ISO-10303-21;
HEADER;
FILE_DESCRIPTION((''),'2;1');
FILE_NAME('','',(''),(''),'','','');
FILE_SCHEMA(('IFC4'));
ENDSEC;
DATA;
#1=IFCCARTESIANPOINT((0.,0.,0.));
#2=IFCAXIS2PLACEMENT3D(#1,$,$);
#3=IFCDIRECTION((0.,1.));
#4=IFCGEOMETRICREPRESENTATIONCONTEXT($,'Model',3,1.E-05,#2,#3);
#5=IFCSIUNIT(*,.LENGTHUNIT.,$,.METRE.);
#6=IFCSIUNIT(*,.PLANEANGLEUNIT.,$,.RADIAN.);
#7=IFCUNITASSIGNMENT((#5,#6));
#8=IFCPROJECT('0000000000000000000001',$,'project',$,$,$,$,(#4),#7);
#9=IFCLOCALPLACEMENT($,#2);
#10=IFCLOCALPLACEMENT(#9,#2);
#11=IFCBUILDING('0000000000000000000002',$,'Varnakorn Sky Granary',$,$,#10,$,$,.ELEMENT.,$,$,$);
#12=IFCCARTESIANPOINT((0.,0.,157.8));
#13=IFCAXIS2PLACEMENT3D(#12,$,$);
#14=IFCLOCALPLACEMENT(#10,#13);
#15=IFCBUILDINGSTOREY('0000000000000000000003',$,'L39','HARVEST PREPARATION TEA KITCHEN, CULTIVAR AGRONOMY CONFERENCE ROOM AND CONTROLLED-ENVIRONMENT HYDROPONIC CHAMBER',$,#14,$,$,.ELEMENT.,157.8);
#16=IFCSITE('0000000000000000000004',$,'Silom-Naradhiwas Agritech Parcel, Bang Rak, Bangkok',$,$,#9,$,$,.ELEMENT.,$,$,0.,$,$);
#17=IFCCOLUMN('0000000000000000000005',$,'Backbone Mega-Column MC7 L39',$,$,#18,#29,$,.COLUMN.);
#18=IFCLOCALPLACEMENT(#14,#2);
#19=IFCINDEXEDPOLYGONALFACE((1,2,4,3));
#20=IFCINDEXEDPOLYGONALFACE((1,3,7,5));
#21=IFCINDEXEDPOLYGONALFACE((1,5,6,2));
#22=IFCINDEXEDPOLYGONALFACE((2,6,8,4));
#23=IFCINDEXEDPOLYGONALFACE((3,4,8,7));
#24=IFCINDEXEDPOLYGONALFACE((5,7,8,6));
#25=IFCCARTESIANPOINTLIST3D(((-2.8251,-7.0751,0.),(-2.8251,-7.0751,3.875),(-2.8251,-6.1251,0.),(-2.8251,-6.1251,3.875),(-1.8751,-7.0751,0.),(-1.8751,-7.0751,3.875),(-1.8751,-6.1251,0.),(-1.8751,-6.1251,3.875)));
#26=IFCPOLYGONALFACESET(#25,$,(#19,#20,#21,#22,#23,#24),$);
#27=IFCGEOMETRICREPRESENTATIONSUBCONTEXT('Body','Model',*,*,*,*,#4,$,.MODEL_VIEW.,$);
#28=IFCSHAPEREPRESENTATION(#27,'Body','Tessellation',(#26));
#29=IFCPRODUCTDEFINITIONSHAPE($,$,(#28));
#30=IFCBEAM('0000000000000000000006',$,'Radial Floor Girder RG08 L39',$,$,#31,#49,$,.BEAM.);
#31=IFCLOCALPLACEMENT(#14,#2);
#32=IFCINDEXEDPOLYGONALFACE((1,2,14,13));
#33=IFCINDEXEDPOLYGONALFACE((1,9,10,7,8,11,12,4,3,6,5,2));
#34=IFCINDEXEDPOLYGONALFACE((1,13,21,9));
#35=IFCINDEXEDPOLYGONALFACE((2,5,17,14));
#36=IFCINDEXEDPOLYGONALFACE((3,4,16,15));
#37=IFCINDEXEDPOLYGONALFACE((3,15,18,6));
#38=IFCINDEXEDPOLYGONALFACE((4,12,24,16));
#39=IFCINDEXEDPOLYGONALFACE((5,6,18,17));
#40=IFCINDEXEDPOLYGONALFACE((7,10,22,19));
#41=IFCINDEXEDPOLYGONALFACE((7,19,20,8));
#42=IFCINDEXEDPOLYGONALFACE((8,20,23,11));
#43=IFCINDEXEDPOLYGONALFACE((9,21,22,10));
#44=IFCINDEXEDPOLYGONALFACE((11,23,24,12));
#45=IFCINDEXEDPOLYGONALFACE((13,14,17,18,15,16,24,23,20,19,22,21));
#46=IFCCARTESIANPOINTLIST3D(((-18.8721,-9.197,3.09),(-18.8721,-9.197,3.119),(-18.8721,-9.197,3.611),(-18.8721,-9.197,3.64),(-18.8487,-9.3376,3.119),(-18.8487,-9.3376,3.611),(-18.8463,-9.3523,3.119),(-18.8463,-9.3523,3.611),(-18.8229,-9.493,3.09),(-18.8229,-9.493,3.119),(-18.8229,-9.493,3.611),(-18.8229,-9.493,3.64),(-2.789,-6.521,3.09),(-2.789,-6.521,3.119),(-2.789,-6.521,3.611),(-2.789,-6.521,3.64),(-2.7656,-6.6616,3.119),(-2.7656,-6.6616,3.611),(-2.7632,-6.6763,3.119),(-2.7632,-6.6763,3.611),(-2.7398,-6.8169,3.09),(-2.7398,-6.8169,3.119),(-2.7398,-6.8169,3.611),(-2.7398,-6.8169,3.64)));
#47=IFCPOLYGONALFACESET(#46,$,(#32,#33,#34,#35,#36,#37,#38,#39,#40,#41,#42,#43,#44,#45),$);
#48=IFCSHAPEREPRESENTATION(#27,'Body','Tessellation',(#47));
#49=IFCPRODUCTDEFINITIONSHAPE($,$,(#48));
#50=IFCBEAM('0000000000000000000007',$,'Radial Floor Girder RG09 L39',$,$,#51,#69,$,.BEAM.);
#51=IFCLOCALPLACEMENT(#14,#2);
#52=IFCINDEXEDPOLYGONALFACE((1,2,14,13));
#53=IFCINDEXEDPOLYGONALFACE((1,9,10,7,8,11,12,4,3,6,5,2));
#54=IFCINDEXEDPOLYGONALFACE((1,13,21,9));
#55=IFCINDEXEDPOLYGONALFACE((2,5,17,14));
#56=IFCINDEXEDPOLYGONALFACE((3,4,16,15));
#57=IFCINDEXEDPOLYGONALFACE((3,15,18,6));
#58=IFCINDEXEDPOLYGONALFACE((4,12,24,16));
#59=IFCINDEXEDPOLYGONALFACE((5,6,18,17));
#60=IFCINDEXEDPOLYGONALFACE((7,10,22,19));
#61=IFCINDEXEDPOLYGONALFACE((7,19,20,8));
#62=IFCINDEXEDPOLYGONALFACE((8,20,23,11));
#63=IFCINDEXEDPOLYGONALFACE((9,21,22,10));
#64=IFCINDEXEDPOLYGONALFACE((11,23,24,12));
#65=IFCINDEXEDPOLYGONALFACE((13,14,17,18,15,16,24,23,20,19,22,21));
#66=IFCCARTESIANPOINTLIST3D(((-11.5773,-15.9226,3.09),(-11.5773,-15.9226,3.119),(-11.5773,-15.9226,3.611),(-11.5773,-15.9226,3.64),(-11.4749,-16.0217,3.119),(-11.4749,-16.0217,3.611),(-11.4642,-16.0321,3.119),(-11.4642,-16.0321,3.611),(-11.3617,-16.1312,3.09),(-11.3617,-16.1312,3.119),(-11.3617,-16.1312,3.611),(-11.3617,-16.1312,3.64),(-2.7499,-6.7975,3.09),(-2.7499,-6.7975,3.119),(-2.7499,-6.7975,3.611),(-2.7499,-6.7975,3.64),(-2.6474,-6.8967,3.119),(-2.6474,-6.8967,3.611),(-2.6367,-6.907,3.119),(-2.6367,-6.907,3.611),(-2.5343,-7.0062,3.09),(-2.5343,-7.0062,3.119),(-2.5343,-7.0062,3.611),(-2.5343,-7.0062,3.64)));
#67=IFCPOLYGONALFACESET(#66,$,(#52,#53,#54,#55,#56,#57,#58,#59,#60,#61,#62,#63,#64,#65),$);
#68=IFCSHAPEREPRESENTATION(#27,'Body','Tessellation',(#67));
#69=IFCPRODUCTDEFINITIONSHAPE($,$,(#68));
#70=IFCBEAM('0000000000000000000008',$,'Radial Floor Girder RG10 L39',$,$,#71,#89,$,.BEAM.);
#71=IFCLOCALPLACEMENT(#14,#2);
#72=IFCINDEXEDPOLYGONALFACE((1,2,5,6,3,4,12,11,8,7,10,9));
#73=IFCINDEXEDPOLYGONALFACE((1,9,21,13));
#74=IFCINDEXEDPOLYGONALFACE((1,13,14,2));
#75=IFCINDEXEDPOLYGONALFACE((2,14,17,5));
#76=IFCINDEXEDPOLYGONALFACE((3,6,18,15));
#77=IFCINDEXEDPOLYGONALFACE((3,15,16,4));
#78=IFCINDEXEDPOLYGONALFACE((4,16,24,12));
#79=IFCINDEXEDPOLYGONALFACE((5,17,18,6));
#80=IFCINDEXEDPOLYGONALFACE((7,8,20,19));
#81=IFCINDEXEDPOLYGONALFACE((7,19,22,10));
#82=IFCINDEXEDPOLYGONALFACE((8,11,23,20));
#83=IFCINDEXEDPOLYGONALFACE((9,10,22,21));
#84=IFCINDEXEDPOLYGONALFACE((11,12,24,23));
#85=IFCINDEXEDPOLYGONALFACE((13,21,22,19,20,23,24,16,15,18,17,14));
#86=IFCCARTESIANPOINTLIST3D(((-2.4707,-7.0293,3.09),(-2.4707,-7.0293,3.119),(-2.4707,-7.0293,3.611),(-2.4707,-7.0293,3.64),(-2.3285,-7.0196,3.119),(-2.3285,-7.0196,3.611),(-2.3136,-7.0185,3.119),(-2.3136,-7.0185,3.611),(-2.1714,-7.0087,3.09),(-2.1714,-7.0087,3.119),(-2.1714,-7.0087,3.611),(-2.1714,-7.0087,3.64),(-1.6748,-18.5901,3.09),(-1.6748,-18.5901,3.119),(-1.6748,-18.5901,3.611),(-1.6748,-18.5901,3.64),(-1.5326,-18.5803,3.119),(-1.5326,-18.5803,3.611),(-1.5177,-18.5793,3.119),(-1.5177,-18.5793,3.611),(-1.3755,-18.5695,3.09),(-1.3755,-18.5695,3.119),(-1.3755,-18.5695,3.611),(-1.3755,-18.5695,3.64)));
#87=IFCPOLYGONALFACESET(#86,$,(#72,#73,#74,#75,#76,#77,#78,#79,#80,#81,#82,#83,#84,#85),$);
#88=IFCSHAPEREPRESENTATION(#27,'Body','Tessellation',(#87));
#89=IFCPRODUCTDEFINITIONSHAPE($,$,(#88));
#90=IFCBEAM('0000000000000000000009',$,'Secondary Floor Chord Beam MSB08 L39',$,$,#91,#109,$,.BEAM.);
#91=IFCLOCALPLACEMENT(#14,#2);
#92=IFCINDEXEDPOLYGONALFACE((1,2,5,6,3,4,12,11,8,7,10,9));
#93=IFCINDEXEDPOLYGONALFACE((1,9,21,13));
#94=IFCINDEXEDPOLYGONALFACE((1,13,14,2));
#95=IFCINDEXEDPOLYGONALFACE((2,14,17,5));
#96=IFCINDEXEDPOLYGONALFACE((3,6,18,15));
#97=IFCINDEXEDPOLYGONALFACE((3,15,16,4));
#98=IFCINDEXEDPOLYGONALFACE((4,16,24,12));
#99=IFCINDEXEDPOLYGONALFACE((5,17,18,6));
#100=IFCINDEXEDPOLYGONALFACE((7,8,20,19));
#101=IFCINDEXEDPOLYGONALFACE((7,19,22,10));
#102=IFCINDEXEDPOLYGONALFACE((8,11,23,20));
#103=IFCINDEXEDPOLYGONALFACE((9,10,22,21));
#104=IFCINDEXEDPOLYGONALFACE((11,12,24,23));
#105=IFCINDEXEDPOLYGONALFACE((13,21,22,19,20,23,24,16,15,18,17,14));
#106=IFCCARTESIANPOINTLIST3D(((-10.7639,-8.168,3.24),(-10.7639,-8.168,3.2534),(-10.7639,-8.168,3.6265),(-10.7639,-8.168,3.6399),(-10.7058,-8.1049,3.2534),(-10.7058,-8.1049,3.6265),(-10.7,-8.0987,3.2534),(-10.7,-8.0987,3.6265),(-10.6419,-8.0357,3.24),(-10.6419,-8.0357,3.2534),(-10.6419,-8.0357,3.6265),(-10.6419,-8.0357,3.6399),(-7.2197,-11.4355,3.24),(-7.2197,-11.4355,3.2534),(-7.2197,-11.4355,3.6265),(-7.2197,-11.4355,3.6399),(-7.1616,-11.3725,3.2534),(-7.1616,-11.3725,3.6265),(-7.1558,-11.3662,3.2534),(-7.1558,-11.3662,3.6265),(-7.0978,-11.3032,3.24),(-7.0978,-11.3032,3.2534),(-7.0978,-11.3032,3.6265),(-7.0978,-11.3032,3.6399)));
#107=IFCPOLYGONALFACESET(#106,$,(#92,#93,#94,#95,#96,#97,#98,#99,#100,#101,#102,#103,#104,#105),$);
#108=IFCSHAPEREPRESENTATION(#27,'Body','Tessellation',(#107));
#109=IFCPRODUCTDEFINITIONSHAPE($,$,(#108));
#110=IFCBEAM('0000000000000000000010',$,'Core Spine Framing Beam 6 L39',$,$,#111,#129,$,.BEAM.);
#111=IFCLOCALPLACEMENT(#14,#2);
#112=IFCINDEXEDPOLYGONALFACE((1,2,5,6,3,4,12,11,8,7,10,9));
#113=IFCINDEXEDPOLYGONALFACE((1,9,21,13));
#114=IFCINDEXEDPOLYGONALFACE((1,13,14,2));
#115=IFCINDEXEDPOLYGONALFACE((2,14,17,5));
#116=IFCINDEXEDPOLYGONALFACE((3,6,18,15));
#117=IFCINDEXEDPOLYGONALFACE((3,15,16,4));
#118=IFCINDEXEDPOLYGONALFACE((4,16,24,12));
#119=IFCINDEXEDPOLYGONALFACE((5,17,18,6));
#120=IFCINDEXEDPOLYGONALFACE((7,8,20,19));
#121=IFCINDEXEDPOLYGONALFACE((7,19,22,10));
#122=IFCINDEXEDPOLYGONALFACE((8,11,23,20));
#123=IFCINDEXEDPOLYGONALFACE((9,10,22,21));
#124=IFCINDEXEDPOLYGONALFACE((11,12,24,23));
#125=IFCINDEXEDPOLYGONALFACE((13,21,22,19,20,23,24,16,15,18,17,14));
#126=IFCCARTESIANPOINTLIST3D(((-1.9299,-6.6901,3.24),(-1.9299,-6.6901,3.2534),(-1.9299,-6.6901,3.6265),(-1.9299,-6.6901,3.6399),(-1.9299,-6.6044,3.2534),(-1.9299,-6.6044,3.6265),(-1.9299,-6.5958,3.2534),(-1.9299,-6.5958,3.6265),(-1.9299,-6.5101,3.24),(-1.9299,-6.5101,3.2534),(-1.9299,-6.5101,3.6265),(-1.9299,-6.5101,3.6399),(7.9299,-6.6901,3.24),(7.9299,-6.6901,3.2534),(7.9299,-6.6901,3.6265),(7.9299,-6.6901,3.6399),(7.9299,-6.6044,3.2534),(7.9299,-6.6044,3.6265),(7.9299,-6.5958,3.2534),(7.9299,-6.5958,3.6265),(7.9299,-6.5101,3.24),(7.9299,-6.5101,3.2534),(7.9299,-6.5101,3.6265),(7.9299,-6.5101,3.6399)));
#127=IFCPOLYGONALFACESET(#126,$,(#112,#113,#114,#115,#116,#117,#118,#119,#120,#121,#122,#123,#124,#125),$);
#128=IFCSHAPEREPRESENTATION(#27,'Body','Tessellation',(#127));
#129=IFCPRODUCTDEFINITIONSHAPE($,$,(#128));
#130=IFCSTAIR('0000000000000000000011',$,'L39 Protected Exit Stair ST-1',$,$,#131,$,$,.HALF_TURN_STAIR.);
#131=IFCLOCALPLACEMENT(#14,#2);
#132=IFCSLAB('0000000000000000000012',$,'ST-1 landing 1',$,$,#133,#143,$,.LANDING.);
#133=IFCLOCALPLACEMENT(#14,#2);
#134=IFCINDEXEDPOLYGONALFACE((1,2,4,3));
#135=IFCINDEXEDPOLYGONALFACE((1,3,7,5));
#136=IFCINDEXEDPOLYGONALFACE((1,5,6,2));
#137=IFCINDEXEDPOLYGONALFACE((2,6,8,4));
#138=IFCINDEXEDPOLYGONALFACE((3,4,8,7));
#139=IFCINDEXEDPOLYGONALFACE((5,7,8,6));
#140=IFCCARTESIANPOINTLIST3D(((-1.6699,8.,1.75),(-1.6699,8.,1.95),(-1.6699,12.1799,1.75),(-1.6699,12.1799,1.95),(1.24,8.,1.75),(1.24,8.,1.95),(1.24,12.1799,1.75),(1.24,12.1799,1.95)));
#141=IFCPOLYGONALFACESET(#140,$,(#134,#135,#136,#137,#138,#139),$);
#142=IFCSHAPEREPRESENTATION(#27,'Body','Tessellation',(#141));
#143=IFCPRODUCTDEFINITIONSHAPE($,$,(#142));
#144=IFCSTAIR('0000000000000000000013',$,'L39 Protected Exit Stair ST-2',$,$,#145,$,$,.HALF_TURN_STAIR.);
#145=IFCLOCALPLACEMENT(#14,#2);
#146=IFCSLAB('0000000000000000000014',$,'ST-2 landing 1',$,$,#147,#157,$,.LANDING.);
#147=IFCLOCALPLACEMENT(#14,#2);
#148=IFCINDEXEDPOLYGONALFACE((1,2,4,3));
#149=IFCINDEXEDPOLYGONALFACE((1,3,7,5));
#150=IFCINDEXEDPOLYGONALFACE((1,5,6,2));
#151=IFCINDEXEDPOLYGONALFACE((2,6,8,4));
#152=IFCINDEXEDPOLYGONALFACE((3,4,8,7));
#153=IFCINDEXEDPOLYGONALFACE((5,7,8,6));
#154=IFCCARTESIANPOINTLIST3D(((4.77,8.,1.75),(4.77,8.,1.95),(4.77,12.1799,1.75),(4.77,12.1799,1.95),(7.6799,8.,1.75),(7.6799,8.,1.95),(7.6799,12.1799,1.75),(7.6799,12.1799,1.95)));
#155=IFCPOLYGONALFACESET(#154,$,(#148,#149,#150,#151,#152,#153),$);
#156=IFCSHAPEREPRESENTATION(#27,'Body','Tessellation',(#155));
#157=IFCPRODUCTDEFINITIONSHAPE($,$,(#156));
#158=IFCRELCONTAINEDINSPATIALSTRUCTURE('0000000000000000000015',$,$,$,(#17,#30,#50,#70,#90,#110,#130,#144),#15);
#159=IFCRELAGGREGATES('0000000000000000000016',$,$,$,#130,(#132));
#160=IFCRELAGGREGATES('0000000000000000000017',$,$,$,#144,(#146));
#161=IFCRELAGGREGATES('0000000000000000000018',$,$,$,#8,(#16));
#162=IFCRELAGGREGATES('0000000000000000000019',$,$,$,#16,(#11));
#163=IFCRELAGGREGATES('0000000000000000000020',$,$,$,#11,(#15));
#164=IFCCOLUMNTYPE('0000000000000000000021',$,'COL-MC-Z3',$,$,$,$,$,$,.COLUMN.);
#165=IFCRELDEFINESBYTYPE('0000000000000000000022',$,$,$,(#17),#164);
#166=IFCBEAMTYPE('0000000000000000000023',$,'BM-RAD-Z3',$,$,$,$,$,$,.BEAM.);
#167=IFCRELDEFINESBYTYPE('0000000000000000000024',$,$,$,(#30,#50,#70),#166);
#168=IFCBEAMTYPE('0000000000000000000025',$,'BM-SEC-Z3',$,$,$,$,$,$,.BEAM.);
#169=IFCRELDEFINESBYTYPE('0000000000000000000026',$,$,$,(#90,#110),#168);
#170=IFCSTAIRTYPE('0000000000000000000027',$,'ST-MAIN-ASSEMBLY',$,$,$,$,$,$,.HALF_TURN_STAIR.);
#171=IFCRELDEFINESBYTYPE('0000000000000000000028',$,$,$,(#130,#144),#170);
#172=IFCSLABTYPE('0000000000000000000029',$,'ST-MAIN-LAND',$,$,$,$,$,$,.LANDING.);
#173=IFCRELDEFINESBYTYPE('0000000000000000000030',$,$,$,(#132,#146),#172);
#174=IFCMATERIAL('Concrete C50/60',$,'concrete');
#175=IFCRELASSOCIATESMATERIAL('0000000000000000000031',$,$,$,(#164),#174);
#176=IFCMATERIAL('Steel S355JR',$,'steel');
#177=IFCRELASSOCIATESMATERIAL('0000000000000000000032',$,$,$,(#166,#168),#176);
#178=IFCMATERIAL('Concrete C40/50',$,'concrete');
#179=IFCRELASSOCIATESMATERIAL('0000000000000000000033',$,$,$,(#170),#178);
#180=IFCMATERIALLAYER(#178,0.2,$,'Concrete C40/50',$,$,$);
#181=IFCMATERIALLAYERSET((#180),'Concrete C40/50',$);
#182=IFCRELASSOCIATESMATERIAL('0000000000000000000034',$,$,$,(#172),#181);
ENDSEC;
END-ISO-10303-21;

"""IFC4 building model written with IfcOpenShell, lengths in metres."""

from ifc_helpers import new_model, si_unit, direction, frame, origin, origin_2d, place, context, subcontext, project, spatial, polyline, rectangle, i_section, outline, extrude, material, layer, layer_set, material_profile, profile_set, type_object, element, aggregate, save


model = new_model("IFC4")

# Units and contexts
model_context = context("Model", 3, precision=1e-05, world=origin(), true_north=direction((0.0, 1.0)))
body_context = subcontext(model_context, "Body", "Model", "MODEL_VIEW")
ifc_project = project(units=[si_unit("LENGTHUNIT", "METRE"), si_unit("PLANEANGLEUNIT", "RADIAN")], contexts=[model_context])

# Site, building, storey
site_placement = place(None, origin())
site = spatial("IfcSite", under=ifc_project, at=site_placement, Name="Silom-Naradhiwas Agritech Parcel, Bang Rak, Bangkok", CompositionType="ELEMENT", RefElevation=0.0)
building_placement = place(site_placement, origin())
building = spatial("IfcBuilding", under=site, at=building_placement, Name="Varnakorn Sky Granary", CompositionType="ELEMENT")
storey_placement = place(building_placement, frame((0.0, 0.0, 157.8)))
storey = spatial("IfcBuildingStorey", under=building, at=storey_placement, Name="L39", Description="HARVEST PREPARATION TEA KITCHEN, CULTIVAR AGRONOMY CONFERENCE ROOM AND CONTROLLED-ENVIRONMENT HYDROPONIC CHAMBER", CompositionType="ELEMENT", Elevation=157.8)

# Column
ifc_material_1 = material(Name="Concrete C50/60", Category="concrete")
ifc_material_profile_1 = material_profile(ifc_material_1, rectangle(XDim=0.95, YDim=0.95, at=origin_2d()), Name="RC 950x950")
ifc_profile_set_1 = profile_set([ifc_material_profile_1], Name="Concrete C50/60")
column_type = type_object("IfcColumnType", Name="COL-MC-Z3", PredefinedType="COLUMN", material=ifc_profile_set_1)
column_placement = place(storey_placement, frame((-2.3501, -6.6001, 0.0), z_axis=(0.0, 0.0, 1.0), x_axis=(1.0, 0.0, 0.0)))
element("IfcColumn", 1, at=column_placement, inside=storey, type_object=column_type, Name="Backbone Mega-Column MC7 L39", PredefinedType="COLUMN", context=body_context, shape_type="SweptSolid", body=[
    extrude(rectangle(XDim=0.95, YDim=0.95, at=origin_2d()), origin(), (0.0, 0.0, 1.0), 3.875),
])

# Beams
ifc_material_2 = material(Name="Steel S355JR", Category="steel")
ifc_material_profile_2 = material_profile(ifc_material_2, i_section(OverallWidth=0.3, OverallDepth=0.55, WebThickness=0.0149, FlangeThickness=0.0291, at=origin_2d()), Name="HE 550 B")
ifc_profile_set_2 = profile_set([ifc_material_profile_2], Name="Steel S355JR")
beam_type_1 = type_object("IfcBeamType", Name="BM-RAD-Z3", PredefinedType="BEAM", material=ifc_profile_set_2)
beam_1_placement = place(storey_placement, frame((-2.7644, -6.6689, 3.365), z_axis=(-0.986438, -0.164132, 0.0), x_axis=(0.164132, -0.986438, 0.0)))
element("IfcBeam", 2, at=beam_1_placement, inside=storey, type_object=beam_type_1, Name="Radial Floor Girder RG08 L39", PredefinedType="BEAM", context=body_context, shape_type="SweptSolid", body=[
    extrude(i_section(OverallWidth=0.3, OverallDepth=0.55, WebThickness=0.0149, FlangeThickness=0.0291, at=origin_2d()), origin(), (0.0, 0.0, 1.0), 16.3042),
])
beam_2_placement = place(storey_placement, frame((-2.6421, -6.9019, 3.365), z_axis=(-0.695289, -0.71873, 0.0), x_axis=(0.71873, -0.695289, 0.0)))
element("IfcBeam", 3, at=beam_2_placement, inside=storey, type_object=beam_type_1, Name="Radial Floor Girder RG09 L39", PredefinedType="BEAM", context=body_context, shape_type="SweptSolid", body=[
    extrude(i_section(OverallWidth=0.3, OverallDepth=0.55, WebThickness=0.0149, FlangeThickness=0.0291, at=origin_2d()), origin(), (0.0, 0.0, 1.0), 12.696),
])
beam_3_placement = place(storey_placement, frame((-2.321, -7.019, 3.365), z_axis=(0.068682, -0.997639, 0.0), x_axis=(0.997639, 0.068682, 0.0)))
element("IfcBeam", 4, at=beam_3_placement, inside=storey, type_object=beam_type_1, Name="Radial Floor Girder RG10 L39", PredefinedType="BEAM", context=body_context, shape_type="SweptSolid", body=[
    extrude(i_section(OverallWidth=0.3, OverallDepth=0.55, WebThickness=0.0149, FlangeThickness=0.0291, at=origin_2d()), origin(), (0.0, 0.0, 1.0), 11.5881),
])
ifc_material_profile_3 = material_profile(ifc_material_2, i_section(OverallWidth=0.1799, OverallDepth=0.3999, WebThickness=0.0085, FlangeThickness=0.0134, at=origin_2d()), Name="IPE 400")
ifc_profile_set_3 = profile_set([ifc_material_profile_3], Name="Steel S355JR")
beam_type_2 = type_object("IfcBeamType", Name="BM-SEC-Z3", PredefinedType="BEAM", material=ifc_profile_set_3)
beam_4_placement = place(storey_placement, frame((-10.7029, -8.1018, 3.4399), z_axis=(0.735215, -0.677834, 0.0), x_axis=(0.677834, 0.735215, 0.0)))
element("IfcBeam", 5, at=beam_4_placement, inside=storey, type_object=beam_type_2, Name="Secondary Floor Chord Beam MSB08 L39", PredefinedType="BEAM", context=body_context, shape_type="SweptSolid", body=[
    extrude(i_section(OverallWidth=0.1799, OverallDepth=0.3999, WebThickness=0.0085, FlangeThickness=0.0134, at=origin_2d()), origin(), (0.0, 0.0, 1.0), 4.8206),
])
beam_5_placement = place(storey_placement, frame((-1.9299, -6.6001, 3.4399), z_axis=(1.0, 0.0, 0.0), x_axis=(0.0, 1.0, 0.0)))
element("IfcBeam", 6, at=beam_5_placement, inside=storey, type_object=beam_type_2, Name="Core Spine Framing Beam 6 L39", PredefinedType="BEAM", context=body_context, shape_type="SweptSolid", body=[
    extrude(i_section(OverallWidth=0.1799, OverallDepth=0.3999, WebThickness=0.0085, FlangeThickness=0.0134, at=origin_2d()), origin(), (0.0, 0.0, 1.0), 9.8599),
])

# Stairs, slabs
ifc_material_3 = material(Name="Concrete C40/50", Category="concrete")
stair_type = type_object("IfcStairType", Name="ST-MAIN-ASSEMBLY", PredefinedType="HALF_TURN_STAIR", material=ifc_material_3)
stair_1_placement = place(storey_placement, origin())
stair_1 = element("IfcStair", 7, at=stair_1_placement, inside=storey, type_object=stair_type, Name="L39 Protected Exit Stair ST-1", PredefinedType="HALF_TURN_STAIR")
ifc_layer_1 = layer(ifc_material_3, 0.2, Name="Concrete C40/50")
ifc_layer_set_1 = layer_set([ifc_layer_1], Name="Concrete C40/50")
slab_type_1 = type_object("IfcSlabType", Name="ST-MAIN-LAND", PredefinedType="LANDING", material=ifc_layer_set_1)
slab_1_placement = place(storey_placement, frame((0.0, 0.0, 1.75)))
slab_1 = element("IfcSlab", 8, at=slab_1_placement, type_object=slab_type_1, Name="ST-1 landing 1", PredefinedType="LANDING", context=body_context, shape_type="SweptSolid", body=[
    extrude(outline(polyline([(1.24, 8.0), (1.24, 12.1799), (-1.6699, 12.1799), (-1.6699, 8.0), (1.24, 8.0)])), origin(), (0.0, 0.0, 1.0), 0.2),
])
aggregate(stair_1, [slab_1])
stair_2_placement = place(storey_placement, origin())
stair_2 = element("IfcStair", 9, at=stair_2_placement, inside=storey, type_object=stair_type, Name="L39 Protected Exit Stair ST-2", PredefinedType="HALF_TURN_STAIR")
slab_2_placement = place(storey_placement, frame((0.0, 0.0, 1.75)))
slab_2 = element("IfcSlab", 10, at=slab_2_placement, type_object=slab_type_1, Name="ST-2 landing 1", PredefinedType="LANDING", context=body_context, shape_type="SweptSolid", body=[
    extrude(outline(polyline([(7.6799, 8.0), (7.6799, 12.1799), (4.77, 12.1799), (4.77, 8.0), (7.6799, 8.0)])), origin(), (0.0, 0.0, 1.0), 0.2),
])
aggregate(stair_2, [slab_2])

save(model, "model.ifc")
